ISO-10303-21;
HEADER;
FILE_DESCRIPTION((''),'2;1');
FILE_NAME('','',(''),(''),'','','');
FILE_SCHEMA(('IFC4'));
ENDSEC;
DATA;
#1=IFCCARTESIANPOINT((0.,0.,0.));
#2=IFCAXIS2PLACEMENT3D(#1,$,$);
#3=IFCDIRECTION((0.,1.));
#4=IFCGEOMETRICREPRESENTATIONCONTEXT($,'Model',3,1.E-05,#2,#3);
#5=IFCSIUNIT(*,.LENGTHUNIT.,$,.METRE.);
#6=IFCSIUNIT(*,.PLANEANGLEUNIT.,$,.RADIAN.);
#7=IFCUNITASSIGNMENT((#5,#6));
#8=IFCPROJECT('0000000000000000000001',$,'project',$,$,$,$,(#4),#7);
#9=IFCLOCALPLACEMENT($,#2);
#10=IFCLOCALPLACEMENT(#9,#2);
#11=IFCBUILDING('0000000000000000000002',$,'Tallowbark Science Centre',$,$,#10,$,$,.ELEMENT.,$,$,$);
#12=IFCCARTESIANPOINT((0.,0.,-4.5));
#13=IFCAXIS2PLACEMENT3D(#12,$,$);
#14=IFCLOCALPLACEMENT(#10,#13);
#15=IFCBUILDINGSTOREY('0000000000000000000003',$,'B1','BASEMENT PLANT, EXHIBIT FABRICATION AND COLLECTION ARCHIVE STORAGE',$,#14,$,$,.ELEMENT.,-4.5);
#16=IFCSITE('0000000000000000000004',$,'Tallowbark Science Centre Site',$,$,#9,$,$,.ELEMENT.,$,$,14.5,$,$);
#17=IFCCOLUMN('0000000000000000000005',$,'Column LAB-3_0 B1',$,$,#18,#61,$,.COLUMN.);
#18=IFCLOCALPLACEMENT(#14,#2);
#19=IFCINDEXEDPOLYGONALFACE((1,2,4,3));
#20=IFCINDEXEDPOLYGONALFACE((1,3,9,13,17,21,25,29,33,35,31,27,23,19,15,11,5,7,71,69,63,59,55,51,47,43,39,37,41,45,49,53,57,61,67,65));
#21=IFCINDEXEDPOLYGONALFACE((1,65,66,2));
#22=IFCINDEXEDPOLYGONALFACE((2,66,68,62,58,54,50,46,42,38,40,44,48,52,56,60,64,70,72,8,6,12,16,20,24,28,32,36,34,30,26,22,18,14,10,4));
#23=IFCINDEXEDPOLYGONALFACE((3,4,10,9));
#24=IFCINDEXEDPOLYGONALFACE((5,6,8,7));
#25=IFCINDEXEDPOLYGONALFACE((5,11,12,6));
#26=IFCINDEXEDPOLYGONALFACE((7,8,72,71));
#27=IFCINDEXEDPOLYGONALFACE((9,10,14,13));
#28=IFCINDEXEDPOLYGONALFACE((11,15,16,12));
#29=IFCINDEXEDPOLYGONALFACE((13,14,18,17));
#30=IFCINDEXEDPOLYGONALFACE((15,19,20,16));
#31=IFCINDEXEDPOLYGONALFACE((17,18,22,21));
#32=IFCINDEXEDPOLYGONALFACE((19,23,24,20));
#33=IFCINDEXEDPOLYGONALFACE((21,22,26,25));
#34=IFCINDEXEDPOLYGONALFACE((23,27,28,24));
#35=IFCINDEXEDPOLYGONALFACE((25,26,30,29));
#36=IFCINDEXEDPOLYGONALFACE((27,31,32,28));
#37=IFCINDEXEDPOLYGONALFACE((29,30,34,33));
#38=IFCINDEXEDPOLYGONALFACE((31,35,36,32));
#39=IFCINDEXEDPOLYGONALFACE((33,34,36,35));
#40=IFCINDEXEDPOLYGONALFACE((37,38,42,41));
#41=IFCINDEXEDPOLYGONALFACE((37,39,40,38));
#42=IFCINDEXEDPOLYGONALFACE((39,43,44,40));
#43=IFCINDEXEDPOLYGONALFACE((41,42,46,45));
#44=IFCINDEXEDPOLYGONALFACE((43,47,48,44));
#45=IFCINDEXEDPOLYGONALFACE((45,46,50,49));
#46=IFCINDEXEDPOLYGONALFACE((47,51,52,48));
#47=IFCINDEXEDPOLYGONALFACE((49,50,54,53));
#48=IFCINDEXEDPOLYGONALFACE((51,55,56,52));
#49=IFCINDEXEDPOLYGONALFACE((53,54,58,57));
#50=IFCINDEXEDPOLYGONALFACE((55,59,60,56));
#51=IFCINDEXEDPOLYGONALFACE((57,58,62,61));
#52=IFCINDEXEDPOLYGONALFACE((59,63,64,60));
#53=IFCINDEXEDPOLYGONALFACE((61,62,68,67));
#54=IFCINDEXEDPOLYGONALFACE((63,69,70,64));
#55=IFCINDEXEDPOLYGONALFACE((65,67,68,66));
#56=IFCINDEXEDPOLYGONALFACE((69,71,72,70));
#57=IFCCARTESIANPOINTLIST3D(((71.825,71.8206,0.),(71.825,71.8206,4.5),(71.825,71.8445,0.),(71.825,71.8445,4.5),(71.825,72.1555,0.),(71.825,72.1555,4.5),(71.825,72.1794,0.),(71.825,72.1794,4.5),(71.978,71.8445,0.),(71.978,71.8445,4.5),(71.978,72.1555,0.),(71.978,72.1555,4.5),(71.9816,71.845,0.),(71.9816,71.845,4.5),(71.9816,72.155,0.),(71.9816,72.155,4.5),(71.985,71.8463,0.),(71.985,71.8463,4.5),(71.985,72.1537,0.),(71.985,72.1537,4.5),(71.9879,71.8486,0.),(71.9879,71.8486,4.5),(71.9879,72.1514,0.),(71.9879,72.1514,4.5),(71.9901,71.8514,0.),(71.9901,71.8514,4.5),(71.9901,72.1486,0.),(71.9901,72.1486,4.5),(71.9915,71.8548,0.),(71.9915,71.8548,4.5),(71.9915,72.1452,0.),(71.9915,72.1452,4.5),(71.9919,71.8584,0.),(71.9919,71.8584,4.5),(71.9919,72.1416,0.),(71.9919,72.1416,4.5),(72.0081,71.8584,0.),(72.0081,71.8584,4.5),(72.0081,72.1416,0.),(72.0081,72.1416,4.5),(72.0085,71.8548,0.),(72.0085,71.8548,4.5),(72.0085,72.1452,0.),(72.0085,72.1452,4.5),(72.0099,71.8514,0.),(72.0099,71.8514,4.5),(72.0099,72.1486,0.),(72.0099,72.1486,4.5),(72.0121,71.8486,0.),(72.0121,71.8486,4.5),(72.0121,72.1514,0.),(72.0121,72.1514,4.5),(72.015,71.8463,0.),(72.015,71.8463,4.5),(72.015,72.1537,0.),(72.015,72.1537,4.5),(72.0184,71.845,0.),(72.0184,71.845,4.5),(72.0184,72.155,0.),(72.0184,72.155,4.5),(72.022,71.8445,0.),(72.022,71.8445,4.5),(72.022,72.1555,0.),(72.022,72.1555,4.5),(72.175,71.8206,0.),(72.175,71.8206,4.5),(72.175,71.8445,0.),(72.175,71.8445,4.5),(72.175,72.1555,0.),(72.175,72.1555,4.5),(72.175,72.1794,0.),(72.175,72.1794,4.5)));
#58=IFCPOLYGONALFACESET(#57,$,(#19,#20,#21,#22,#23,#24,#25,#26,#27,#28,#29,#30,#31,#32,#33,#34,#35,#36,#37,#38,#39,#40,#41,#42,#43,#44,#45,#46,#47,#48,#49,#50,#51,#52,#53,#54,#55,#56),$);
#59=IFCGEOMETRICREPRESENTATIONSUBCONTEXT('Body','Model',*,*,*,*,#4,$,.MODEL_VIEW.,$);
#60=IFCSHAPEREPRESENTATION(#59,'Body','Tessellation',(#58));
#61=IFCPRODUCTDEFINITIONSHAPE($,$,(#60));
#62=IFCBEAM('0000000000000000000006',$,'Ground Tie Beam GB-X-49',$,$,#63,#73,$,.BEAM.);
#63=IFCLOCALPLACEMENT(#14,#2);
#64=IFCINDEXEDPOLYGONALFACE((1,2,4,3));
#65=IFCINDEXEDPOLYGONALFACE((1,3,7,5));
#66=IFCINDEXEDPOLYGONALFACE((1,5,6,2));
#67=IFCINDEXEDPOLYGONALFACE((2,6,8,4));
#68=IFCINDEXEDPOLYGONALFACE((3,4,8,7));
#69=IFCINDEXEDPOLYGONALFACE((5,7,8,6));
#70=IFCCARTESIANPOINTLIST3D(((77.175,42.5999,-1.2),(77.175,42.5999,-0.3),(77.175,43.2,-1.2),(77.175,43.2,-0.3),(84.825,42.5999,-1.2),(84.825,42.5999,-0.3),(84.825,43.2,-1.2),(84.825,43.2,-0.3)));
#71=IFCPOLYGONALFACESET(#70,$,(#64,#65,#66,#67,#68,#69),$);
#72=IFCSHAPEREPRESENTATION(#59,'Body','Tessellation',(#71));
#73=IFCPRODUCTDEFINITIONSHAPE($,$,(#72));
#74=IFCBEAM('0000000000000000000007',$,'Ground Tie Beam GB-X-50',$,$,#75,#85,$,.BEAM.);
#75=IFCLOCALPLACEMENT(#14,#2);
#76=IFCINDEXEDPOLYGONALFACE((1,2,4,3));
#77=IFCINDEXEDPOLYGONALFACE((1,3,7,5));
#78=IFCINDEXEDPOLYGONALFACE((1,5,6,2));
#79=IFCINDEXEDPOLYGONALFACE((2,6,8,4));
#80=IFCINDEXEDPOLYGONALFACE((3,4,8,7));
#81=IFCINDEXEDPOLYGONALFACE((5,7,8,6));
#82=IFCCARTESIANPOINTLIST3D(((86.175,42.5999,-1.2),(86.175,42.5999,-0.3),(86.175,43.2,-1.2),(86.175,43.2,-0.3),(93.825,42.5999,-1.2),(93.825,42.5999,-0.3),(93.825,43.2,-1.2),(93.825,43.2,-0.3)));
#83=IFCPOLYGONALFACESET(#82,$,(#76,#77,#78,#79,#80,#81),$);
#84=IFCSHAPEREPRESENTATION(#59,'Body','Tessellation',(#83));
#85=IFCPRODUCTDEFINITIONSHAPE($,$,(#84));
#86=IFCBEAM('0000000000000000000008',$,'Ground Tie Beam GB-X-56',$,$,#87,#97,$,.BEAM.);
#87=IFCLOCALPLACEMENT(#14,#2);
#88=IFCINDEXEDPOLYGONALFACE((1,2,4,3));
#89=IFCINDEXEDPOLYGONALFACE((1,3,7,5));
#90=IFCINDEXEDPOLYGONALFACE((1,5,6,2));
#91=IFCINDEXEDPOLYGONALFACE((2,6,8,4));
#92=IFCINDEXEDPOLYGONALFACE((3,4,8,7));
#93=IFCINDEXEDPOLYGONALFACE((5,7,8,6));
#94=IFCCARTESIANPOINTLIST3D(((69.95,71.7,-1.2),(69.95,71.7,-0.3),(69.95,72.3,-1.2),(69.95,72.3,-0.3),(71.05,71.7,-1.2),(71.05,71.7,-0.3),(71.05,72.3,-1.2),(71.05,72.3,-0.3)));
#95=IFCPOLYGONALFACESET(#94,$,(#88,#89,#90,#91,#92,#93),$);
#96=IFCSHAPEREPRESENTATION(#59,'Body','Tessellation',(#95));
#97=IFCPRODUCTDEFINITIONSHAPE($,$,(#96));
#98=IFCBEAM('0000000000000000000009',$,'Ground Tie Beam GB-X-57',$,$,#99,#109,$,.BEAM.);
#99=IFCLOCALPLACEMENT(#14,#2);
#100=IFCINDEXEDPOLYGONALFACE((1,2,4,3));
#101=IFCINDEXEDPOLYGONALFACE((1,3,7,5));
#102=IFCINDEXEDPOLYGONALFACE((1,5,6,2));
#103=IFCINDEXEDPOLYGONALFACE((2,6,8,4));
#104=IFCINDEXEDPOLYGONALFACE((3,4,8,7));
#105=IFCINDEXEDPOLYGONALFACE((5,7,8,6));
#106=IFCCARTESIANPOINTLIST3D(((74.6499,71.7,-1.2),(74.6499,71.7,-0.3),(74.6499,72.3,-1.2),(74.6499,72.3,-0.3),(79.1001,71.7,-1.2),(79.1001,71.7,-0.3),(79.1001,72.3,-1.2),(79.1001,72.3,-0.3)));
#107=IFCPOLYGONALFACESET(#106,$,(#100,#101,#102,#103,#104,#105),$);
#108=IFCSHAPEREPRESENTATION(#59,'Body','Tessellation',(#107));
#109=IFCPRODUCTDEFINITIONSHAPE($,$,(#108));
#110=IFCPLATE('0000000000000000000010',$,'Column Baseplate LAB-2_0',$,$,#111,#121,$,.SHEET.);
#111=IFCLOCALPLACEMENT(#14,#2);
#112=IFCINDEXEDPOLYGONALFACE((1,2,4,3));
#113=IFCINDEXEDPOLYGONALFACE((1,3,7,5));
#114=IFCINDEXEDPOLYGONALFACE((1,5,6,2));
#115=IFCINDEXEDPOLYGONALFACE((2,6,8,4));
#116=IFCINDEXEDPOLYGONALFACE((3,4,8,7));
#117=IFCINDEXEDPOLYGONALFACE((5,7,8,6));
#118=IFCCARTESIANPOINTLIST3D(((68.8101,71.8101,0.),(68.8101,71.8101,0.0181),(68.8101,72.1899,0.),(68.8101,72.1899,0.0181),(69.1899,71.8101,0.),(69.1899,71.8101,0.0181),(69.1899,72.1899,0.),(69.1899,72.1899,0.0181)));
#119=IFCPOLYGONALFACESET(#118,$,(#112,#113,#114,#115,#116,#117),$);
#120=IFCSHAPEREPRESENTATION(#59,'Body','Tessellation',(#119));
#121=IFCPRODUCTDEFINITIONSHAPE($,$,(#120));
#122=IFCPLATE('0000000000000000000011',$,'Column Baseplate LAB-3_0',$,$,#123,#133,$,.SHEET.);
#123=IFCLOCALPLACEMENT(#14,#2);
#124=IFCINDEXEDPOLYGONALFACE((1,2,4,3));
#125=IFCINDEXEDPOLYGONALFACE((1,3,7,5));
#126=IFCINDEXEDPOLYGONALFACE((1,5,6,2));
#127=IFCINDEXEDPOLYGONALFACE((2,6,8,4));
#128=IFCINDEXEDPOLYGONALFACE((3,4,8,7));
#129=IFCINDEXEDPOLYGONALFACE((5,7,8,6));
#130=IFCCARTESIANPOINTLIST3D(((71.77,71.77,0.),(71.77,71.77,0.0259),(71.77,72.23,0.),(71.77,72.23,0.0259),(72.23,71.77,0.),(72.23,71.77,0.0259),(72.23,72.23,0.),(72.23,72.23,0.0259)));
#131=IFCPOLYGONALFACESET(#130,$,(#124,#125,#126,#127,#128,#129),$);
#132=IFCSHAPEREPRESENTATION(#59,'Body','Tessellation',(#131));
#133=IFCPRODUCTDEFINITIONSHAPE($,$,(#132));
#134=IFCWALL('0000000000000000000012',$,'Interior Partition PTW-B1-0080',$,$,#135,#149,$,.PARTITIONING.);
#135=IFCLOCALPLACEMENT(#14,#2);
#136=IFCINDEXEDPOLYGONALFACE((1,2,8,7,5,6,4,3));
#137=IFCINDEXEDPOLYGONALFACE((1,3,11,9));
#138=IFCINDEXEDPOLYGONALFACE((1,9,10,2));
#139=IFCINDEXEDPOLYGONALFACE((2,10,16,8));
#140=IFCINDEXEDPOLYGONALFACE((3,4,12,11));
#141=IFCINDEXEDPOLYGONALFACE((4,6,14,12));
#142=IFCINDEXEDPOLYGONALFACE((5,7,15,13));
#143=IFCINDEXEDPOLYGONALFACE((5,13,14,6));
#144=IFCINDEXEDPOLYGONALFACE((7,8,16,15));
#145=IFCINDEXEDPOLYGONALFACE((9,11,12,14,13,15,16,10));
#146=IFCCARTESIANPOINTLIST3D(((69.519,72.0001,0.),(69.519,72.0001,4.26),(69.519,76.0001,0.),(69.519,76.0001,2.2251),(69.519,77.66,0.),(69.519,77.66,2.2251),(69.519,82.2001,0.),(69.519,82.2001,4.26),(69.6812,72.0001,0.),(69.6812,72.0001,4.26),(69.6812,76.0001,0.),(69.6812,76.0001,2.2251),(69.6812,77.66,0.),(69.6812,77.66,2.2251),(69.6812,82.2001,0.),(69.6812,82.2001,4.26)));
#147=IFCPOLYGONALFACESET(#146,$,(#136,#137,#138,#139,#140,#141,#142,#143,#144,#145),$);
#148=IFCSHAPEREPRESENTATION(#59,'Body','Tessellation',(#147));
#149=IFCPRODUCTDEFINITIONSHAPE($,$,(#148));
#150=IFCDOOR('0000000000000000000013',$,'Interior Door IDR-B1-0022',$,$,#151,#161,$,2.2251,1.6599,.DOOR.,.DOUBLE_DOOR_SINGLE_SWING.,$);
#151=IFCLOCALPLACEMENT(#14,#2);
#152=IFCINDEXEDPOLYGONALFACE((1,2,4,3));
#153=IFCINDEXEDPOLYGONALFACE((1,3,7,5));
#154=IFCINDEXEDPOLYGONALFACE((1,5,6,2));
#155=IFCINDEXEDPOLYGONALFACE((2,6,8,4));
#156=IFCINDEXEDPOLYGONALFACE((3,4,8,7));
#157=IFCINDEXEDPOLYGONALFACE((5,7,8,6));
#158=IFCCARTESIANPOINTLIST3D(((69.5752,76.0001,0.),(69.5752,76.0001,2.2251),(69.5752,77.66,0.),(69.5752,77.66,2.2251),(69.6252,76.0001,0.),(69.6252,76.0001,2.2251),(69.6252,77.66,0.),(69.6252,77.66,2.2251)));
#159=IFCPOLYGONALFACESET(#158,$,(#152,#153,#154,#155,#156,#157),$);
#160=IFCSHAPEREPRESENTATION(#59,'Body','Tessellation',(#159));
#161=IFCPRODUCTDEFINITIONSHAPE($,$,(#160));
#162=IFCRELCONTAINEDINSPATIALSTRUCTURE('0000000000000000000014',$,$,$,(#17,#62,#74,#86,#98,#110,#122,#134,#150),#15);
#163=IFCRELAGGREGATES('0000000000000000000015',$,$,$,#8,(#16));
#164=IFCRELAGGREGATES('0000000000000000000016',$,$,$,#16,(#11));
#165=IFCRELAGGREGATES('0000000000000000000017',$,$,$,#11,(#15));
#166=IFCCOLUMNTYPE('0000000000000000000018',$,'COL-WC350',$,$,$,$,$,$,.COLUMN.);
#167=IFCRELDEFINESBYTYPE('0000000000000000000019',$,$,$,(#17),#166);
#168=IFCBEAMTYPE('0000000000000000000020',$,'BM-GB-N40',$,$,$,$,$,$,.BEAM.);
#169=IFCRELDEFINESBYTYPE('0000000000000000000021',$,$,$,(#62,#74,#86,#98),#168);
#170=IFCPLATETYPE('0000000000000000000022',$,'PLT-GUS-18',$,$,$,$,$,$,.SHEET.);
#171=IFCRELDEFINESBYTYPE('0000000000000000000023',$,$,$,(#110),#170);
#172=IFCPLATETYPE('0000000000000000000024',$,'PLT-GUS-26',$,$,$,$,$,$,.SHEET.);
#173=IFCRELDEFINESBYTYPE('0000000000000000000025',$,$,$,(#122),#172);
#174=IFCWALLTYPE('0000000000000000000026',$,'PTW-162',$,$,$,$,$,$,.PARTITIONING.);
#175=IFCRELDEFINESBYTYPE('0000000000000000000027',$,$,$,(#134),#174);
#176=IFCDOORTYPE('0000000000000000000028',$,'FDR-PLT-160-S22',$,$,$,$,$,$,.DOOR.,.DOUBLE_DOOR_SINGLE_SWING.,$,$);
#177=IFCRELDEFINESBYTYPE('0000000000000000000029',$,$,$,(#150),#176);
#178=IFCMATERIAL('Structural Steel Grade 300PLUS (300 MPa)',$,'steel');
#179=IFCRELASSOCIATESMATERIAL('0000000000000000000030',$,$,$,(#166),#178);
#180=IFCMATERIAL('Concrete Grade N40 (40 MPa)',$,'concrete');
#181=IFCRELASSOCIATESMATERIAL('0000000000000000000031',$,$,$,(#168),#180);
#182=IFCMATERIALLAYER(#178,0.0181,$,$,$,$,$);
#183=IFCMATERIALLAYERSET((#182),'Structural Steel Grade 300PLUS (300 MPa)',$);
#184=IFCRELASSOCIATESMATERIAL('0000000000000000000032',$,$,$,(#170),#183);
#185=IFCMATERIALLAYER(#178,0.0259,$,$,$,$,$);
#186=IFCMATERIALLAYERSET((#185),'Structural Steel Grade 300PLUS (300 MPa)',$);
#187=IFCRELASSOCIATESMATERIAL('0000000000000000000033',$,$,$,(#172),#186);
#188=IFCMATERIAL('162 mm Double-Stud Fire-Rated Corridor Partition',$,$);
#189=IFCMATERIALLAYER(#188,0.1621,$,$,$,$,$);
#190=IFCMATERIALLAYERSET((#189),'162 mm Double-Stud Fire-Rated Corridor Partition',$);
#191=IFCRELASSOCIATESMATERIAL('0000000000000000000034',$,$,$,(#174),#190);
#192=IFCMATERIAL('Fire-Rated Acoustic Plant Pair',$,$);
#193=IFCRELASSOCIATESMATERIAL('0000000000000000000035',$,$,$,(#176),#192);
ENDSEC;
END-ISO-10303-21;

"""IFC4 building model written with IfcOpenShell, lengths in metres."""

from ifc_helpers import new_model, si_unit, direction, frame, frame_2d, origin, origin_2d, place, context, subcontext, project, spatial, rectangle, i_section, extrude, material, layer, layer_set, material_profile, profile_set, type_object, element, fill, save


model = new_model("IFC4")

# Units and contexts
model_context = context("Model", 3, precision=1e-05, world=origin(), true_north=direction((0.0, 1.0)))
body_context = subcontext(model_context, "Body", "Model", "MODEL_VIEW")
ifc_project = project(units=[si_unit("LENGTHUNIT", "METRE"), si_unit("PLANEANGLEUNIT", "RADIAN")], contexts=[model_context])

# Site, building, storey
site_placement = place(None, origin())
site = spatial("IfcSite", under=ifc_project, at=site_placement, Name="Tallowbark Science Centre Site", CompositionType="ELEMENT", RefElevation=14.5)
building_placement = place(site_placement, origin())
building = spatial("IfcBuilding", under=site, at=building_placement, Name="Tallowbark Science Centre", CompositionType="ELEMENT")
storey_placement = place(building_placement, frame((0.0, 0.0, -4.5)))
storey = spatial("IfcBuildingStorey", under=building, at=storey_placement, Name="B1", Description="BASEMENT PLANT, EXHIBIT FABRICATION AND COLLECTION ARCHIVE STORAGE", CompositionType="ELEMENT", Elevation=-4.5)

# Shared definitions
ifc_material_1 = material(Name="Concrete Grade N40 (40 MPa)", Category="concrete")

# Column
ifc_material_2 = material(Name="Structural Steel Grade 300PLUS (300 MPa)", Category="steel")
ifc_material_profile_1 = material_profile(ifc_material_2, i_section(OverallWidth=0.3501, OverallDepth=0.3589, WebThickness=0.0161, FlangeThickness=0.0239, FilletRadius=0.0139, at=origin_2d()), Name="350WC197")
ifc_profile_set_1 = profile_set([ifc_material_profile_1], Name="Structural Steel Grade 300PLUS (300 MPa)")
column_type_1 = type_object("IfcColumnType", Name="COL-WC350", PredefinedType="COLUMN", material=ifc_profile_set_1)
for number, where, z_axis, x_axis, name in (
    (1, (72.0, 72.0, 0.0), (0.0, 0.0, 1.0), (1.0, 0.0, 0.0), "Column LAB-3_0 B1"),
):
    element("IfcColumn", number, at=place(storey_placement, frame(where, z_axis=z_axis, x_axis=x_axis)), inside=storey, type_object=column_type_1, Name=name, PredefinedType="COLUMN", context=body_context, shape_type="SweptSolid", body=[
        extrude(i_section(OverallWidth=0.3501, OverallDepth=0.3589, WebThickness=0.0161, FlangeThickness=0.0239, FilletRadius=0.0139, at=origin_2d()), origin(), (0.0, 0.0, 1.0), 4.5),
    ])

# Beams
ifc_material_profile_2 = material_profile(ifc_material_1, rectangle(XDim=0.6001, YDim=0.8999, at=origin_2d()), Name="RC600x900")
ifc_profile_set_2 = profile_set([ifc_material_profile_2], Name="Concrete Grade N40 (40 MPa)")
beam_type = type_object("IfcBeamType", Name="BM-GB-N40", PredefinedType="BEAM", material=ifc_profile_set_2)
for number, where, z_axis, x_axis, name in (
    (2, (77.175, 42.8999, -0.75), (1.0, 0.0, 0.0), (0.0, 1.0, 0.0), "Ground Tie Beam GB-X-49"),
    (3, (86.175, 42.8999, -0.75), (1.0, 0.0, 0.0), (0.0, 1.0, 0.0), "Ground Tie Beam GB-X-50"),
):
    element("IfcBeam", number, at=place(storey_placement, frame(where, z_axis=z_axis, x_axis=x_axis)), inside=storey, type_object=beam_type, Name=name, PredefinedType="BEAM", context=body_context, shape_type="SweptSolid", body=[
        extrude(rectangle(XDim=0.6001, YDim=0.8999, at=origin_2d()), origin(), (0.0, 0.0, 1.0), 7.6499),
    ])
beam_1_placement = place(storey_placement, frame((69.95, 72.0, -0.75), z_axis=(1.0, 0.0, 0.0), x_axis=(0.0, 1.0, 0.0)))
element("IfcBeam", 4, at=beam_1_placement, inside=storey, type_object=beam_type, Name="Ground Tie Beam GB-X-56", PredefinedType="BEAM", context=body_context, shape_type="SweptSolid", body=[
    extrude(rectangle(XDim=0.6001, YDim=0.8999, at=origin_2d()), origin(), (0.0, 0.0, 1.0), 1.1001),
])
beam_2_placement = place(storey_placement, frame((74.6499, 72.0, -0.75), z_axis=(1.0, 0.0, 0.0), x_axis=(0.0, 1.0, 0.0)))
element("IfcBeam", 5, at=beam_2_placement, inside=storey, type_object=beam_type, Name="Ground Tie Beam GB-X-57", PredefinedType="BEAM", context=body_context, shape_type="SweptSolid", body=[
    extrude(rectangle(XDim=0.6001, YDim=0.8999, at=origin_2d()), origin(), (0.0, 0.0, 1.0), 4.4502),
])

# Plates
ifc_layer_1 = layer(ifc_material_2, 0.0181)
ifc_layer_set_1 = layer_set([ifc_layer_1], Name="Structural Steel Grade 300PLUS (300 MPa)")
plate_type_1 = type_object("IfcPlateType", Name="PLT-GUS-18", PredefinedType="SHEET", material=ifc_layer_set_1)
plate_1_placement = place(storey_placement, frame((69.0, 72.0, 0.0), z_axis=(0.0, 0.0, 1.0), x_axis=(1.0, 0.0, 0.0)))
element("IfcPlate", 6, at=plate_1_placement, inside=storey, type_object=plate_type_1, Name="Column Baseplate LAB-2_0", PredefinedType="SHEET", context=body_context, shape_type="SweptSolid", body=[
    extrude(rectangle(XDim=0.3799, YDim=0.3799, at=origin_2d()), origin(), (0.0, 0.0, 1.0), 0.0181),
])
ifc_layer_2 = layer(ifc_material_2, 0.0259)
ifc_layer_set_2 = layer_set([ifc_layer_2], Name="Structural Steel Grade 300PLUS (300 MPa)")
plate_type_2 = type_object("IfcPlateType", Name="PLT-GUS-26", PredefinedType="SHEET", material=ifc_layer_set_2)
plate_2_placement = place(storey_placement, frame((72.0, 72.0, 0.0), z_axis=(0.0, 0.0, 1.0), x_axis=(1.0, 0.0, 0.0)))
element("IfcPlate", 7, at=plate_2_placement, inside=storey, type_object=plate_type_2, Name="Column Baseplate LAB-3_0", PredefinedType="SHEET", context=body_context, shape_type="SweptSolid", body=[
    extrude(rectangle(XDim=0.46, YDim=0.46, at=origin_2d()), origin(), (0.0, 0.0, 1.0), 0.0259),
])

# Wall, opening, door
ifc_material_3 = material(Name="162 mm Double-Stud Fire-Rated Corridor Partition")
ifc_layer_3 = layer(ifc_material_3, 0.1621)
ifc_layer_set_3 = layer_set([ifc_layer_3], Name="162 mm Double-Stud Fire-Rated Corridor Partition")
wall_type = type_object("IfcWallType", Name="PTW-162", PredefinedType="PARTITIONING", material=ifc_layer_set_3)
wall_placement = place(storey_placement, frame((69.6001, 72.0, 0.0), z_axis=(0.0, 0.0, 1.0), x_axis=(0.0, 1.0, 0.0)))
wall = element("IfcWall", 8, at=wall_placement, inside=storey, type_object=wall_type, Name="Interior Partition PTW-B1-0080", PredefinedType="PARTITIONING", context=body_context, shape_type="SweptSolid", body=[
    extrude(rectangle(XDim=10.2, YDim=0.1621, at=frame_2d((5.1001, 0.0))), origin(), (0.0, 0.0, 1.0), 4.26),
])
opening_placement = place(wall_placement, frame((4.0, 0.0, 0.0)))
opening = element("IfcOpeningElement", 9, at=opening_placement, cuts=wall, PredefinedType="OPENING", context=body_context, shape_type="SweptSolid", body=[
    extrude(rectangle(XDim=1.6599, YDim=2.2251, at=frame_2d((0.8301, 1.1125))), frame((0.0, 0.0911, 0.0), z_axis=(0.0, -1.0, 0.0), x_axis=(1.0, 0.0, 0.0)), (0.0, 0.0, 1.0), 0.1821),
])
ifc_material_4 = material(Name="Fire-Rated Acoustic Plant Pair")
door_type = type_object("IfcDoorType", Name="FDR-PLT-160-S22", OperationType="DOUBLE_DOOR_SINGLE_SWING", PredefinedType="DOOR", material=ifc_material_4)
door_placement = place(opening_placement, origin())
door = element("IfcDoor", 10, at=door_placement, inside=storey, type_object=door_type, Name="Interior Door IDR-B1-0022", OperationType="DOUBLE_DOOR_SINGLE_SWING", OverallHeight=2.2251, OverallWidth=1.6599, PredefinedType="DOOR", context=body_context, shape_type="SweptSolid", body=[
    extrude(rectangle(XDim=1.6599, YDim=2.2251, at=frame_2d((0.8301, 1.1125))), frame((0.0, 0.0249, 0.0), z_axis=(0.0, -1.0, 0.0), x_axis=(1.0, 0.0, 0.0)), (0.0, 0.0, 1.0), 0.05),
])
fill(opening, door)

save(model, "model.ifc")
